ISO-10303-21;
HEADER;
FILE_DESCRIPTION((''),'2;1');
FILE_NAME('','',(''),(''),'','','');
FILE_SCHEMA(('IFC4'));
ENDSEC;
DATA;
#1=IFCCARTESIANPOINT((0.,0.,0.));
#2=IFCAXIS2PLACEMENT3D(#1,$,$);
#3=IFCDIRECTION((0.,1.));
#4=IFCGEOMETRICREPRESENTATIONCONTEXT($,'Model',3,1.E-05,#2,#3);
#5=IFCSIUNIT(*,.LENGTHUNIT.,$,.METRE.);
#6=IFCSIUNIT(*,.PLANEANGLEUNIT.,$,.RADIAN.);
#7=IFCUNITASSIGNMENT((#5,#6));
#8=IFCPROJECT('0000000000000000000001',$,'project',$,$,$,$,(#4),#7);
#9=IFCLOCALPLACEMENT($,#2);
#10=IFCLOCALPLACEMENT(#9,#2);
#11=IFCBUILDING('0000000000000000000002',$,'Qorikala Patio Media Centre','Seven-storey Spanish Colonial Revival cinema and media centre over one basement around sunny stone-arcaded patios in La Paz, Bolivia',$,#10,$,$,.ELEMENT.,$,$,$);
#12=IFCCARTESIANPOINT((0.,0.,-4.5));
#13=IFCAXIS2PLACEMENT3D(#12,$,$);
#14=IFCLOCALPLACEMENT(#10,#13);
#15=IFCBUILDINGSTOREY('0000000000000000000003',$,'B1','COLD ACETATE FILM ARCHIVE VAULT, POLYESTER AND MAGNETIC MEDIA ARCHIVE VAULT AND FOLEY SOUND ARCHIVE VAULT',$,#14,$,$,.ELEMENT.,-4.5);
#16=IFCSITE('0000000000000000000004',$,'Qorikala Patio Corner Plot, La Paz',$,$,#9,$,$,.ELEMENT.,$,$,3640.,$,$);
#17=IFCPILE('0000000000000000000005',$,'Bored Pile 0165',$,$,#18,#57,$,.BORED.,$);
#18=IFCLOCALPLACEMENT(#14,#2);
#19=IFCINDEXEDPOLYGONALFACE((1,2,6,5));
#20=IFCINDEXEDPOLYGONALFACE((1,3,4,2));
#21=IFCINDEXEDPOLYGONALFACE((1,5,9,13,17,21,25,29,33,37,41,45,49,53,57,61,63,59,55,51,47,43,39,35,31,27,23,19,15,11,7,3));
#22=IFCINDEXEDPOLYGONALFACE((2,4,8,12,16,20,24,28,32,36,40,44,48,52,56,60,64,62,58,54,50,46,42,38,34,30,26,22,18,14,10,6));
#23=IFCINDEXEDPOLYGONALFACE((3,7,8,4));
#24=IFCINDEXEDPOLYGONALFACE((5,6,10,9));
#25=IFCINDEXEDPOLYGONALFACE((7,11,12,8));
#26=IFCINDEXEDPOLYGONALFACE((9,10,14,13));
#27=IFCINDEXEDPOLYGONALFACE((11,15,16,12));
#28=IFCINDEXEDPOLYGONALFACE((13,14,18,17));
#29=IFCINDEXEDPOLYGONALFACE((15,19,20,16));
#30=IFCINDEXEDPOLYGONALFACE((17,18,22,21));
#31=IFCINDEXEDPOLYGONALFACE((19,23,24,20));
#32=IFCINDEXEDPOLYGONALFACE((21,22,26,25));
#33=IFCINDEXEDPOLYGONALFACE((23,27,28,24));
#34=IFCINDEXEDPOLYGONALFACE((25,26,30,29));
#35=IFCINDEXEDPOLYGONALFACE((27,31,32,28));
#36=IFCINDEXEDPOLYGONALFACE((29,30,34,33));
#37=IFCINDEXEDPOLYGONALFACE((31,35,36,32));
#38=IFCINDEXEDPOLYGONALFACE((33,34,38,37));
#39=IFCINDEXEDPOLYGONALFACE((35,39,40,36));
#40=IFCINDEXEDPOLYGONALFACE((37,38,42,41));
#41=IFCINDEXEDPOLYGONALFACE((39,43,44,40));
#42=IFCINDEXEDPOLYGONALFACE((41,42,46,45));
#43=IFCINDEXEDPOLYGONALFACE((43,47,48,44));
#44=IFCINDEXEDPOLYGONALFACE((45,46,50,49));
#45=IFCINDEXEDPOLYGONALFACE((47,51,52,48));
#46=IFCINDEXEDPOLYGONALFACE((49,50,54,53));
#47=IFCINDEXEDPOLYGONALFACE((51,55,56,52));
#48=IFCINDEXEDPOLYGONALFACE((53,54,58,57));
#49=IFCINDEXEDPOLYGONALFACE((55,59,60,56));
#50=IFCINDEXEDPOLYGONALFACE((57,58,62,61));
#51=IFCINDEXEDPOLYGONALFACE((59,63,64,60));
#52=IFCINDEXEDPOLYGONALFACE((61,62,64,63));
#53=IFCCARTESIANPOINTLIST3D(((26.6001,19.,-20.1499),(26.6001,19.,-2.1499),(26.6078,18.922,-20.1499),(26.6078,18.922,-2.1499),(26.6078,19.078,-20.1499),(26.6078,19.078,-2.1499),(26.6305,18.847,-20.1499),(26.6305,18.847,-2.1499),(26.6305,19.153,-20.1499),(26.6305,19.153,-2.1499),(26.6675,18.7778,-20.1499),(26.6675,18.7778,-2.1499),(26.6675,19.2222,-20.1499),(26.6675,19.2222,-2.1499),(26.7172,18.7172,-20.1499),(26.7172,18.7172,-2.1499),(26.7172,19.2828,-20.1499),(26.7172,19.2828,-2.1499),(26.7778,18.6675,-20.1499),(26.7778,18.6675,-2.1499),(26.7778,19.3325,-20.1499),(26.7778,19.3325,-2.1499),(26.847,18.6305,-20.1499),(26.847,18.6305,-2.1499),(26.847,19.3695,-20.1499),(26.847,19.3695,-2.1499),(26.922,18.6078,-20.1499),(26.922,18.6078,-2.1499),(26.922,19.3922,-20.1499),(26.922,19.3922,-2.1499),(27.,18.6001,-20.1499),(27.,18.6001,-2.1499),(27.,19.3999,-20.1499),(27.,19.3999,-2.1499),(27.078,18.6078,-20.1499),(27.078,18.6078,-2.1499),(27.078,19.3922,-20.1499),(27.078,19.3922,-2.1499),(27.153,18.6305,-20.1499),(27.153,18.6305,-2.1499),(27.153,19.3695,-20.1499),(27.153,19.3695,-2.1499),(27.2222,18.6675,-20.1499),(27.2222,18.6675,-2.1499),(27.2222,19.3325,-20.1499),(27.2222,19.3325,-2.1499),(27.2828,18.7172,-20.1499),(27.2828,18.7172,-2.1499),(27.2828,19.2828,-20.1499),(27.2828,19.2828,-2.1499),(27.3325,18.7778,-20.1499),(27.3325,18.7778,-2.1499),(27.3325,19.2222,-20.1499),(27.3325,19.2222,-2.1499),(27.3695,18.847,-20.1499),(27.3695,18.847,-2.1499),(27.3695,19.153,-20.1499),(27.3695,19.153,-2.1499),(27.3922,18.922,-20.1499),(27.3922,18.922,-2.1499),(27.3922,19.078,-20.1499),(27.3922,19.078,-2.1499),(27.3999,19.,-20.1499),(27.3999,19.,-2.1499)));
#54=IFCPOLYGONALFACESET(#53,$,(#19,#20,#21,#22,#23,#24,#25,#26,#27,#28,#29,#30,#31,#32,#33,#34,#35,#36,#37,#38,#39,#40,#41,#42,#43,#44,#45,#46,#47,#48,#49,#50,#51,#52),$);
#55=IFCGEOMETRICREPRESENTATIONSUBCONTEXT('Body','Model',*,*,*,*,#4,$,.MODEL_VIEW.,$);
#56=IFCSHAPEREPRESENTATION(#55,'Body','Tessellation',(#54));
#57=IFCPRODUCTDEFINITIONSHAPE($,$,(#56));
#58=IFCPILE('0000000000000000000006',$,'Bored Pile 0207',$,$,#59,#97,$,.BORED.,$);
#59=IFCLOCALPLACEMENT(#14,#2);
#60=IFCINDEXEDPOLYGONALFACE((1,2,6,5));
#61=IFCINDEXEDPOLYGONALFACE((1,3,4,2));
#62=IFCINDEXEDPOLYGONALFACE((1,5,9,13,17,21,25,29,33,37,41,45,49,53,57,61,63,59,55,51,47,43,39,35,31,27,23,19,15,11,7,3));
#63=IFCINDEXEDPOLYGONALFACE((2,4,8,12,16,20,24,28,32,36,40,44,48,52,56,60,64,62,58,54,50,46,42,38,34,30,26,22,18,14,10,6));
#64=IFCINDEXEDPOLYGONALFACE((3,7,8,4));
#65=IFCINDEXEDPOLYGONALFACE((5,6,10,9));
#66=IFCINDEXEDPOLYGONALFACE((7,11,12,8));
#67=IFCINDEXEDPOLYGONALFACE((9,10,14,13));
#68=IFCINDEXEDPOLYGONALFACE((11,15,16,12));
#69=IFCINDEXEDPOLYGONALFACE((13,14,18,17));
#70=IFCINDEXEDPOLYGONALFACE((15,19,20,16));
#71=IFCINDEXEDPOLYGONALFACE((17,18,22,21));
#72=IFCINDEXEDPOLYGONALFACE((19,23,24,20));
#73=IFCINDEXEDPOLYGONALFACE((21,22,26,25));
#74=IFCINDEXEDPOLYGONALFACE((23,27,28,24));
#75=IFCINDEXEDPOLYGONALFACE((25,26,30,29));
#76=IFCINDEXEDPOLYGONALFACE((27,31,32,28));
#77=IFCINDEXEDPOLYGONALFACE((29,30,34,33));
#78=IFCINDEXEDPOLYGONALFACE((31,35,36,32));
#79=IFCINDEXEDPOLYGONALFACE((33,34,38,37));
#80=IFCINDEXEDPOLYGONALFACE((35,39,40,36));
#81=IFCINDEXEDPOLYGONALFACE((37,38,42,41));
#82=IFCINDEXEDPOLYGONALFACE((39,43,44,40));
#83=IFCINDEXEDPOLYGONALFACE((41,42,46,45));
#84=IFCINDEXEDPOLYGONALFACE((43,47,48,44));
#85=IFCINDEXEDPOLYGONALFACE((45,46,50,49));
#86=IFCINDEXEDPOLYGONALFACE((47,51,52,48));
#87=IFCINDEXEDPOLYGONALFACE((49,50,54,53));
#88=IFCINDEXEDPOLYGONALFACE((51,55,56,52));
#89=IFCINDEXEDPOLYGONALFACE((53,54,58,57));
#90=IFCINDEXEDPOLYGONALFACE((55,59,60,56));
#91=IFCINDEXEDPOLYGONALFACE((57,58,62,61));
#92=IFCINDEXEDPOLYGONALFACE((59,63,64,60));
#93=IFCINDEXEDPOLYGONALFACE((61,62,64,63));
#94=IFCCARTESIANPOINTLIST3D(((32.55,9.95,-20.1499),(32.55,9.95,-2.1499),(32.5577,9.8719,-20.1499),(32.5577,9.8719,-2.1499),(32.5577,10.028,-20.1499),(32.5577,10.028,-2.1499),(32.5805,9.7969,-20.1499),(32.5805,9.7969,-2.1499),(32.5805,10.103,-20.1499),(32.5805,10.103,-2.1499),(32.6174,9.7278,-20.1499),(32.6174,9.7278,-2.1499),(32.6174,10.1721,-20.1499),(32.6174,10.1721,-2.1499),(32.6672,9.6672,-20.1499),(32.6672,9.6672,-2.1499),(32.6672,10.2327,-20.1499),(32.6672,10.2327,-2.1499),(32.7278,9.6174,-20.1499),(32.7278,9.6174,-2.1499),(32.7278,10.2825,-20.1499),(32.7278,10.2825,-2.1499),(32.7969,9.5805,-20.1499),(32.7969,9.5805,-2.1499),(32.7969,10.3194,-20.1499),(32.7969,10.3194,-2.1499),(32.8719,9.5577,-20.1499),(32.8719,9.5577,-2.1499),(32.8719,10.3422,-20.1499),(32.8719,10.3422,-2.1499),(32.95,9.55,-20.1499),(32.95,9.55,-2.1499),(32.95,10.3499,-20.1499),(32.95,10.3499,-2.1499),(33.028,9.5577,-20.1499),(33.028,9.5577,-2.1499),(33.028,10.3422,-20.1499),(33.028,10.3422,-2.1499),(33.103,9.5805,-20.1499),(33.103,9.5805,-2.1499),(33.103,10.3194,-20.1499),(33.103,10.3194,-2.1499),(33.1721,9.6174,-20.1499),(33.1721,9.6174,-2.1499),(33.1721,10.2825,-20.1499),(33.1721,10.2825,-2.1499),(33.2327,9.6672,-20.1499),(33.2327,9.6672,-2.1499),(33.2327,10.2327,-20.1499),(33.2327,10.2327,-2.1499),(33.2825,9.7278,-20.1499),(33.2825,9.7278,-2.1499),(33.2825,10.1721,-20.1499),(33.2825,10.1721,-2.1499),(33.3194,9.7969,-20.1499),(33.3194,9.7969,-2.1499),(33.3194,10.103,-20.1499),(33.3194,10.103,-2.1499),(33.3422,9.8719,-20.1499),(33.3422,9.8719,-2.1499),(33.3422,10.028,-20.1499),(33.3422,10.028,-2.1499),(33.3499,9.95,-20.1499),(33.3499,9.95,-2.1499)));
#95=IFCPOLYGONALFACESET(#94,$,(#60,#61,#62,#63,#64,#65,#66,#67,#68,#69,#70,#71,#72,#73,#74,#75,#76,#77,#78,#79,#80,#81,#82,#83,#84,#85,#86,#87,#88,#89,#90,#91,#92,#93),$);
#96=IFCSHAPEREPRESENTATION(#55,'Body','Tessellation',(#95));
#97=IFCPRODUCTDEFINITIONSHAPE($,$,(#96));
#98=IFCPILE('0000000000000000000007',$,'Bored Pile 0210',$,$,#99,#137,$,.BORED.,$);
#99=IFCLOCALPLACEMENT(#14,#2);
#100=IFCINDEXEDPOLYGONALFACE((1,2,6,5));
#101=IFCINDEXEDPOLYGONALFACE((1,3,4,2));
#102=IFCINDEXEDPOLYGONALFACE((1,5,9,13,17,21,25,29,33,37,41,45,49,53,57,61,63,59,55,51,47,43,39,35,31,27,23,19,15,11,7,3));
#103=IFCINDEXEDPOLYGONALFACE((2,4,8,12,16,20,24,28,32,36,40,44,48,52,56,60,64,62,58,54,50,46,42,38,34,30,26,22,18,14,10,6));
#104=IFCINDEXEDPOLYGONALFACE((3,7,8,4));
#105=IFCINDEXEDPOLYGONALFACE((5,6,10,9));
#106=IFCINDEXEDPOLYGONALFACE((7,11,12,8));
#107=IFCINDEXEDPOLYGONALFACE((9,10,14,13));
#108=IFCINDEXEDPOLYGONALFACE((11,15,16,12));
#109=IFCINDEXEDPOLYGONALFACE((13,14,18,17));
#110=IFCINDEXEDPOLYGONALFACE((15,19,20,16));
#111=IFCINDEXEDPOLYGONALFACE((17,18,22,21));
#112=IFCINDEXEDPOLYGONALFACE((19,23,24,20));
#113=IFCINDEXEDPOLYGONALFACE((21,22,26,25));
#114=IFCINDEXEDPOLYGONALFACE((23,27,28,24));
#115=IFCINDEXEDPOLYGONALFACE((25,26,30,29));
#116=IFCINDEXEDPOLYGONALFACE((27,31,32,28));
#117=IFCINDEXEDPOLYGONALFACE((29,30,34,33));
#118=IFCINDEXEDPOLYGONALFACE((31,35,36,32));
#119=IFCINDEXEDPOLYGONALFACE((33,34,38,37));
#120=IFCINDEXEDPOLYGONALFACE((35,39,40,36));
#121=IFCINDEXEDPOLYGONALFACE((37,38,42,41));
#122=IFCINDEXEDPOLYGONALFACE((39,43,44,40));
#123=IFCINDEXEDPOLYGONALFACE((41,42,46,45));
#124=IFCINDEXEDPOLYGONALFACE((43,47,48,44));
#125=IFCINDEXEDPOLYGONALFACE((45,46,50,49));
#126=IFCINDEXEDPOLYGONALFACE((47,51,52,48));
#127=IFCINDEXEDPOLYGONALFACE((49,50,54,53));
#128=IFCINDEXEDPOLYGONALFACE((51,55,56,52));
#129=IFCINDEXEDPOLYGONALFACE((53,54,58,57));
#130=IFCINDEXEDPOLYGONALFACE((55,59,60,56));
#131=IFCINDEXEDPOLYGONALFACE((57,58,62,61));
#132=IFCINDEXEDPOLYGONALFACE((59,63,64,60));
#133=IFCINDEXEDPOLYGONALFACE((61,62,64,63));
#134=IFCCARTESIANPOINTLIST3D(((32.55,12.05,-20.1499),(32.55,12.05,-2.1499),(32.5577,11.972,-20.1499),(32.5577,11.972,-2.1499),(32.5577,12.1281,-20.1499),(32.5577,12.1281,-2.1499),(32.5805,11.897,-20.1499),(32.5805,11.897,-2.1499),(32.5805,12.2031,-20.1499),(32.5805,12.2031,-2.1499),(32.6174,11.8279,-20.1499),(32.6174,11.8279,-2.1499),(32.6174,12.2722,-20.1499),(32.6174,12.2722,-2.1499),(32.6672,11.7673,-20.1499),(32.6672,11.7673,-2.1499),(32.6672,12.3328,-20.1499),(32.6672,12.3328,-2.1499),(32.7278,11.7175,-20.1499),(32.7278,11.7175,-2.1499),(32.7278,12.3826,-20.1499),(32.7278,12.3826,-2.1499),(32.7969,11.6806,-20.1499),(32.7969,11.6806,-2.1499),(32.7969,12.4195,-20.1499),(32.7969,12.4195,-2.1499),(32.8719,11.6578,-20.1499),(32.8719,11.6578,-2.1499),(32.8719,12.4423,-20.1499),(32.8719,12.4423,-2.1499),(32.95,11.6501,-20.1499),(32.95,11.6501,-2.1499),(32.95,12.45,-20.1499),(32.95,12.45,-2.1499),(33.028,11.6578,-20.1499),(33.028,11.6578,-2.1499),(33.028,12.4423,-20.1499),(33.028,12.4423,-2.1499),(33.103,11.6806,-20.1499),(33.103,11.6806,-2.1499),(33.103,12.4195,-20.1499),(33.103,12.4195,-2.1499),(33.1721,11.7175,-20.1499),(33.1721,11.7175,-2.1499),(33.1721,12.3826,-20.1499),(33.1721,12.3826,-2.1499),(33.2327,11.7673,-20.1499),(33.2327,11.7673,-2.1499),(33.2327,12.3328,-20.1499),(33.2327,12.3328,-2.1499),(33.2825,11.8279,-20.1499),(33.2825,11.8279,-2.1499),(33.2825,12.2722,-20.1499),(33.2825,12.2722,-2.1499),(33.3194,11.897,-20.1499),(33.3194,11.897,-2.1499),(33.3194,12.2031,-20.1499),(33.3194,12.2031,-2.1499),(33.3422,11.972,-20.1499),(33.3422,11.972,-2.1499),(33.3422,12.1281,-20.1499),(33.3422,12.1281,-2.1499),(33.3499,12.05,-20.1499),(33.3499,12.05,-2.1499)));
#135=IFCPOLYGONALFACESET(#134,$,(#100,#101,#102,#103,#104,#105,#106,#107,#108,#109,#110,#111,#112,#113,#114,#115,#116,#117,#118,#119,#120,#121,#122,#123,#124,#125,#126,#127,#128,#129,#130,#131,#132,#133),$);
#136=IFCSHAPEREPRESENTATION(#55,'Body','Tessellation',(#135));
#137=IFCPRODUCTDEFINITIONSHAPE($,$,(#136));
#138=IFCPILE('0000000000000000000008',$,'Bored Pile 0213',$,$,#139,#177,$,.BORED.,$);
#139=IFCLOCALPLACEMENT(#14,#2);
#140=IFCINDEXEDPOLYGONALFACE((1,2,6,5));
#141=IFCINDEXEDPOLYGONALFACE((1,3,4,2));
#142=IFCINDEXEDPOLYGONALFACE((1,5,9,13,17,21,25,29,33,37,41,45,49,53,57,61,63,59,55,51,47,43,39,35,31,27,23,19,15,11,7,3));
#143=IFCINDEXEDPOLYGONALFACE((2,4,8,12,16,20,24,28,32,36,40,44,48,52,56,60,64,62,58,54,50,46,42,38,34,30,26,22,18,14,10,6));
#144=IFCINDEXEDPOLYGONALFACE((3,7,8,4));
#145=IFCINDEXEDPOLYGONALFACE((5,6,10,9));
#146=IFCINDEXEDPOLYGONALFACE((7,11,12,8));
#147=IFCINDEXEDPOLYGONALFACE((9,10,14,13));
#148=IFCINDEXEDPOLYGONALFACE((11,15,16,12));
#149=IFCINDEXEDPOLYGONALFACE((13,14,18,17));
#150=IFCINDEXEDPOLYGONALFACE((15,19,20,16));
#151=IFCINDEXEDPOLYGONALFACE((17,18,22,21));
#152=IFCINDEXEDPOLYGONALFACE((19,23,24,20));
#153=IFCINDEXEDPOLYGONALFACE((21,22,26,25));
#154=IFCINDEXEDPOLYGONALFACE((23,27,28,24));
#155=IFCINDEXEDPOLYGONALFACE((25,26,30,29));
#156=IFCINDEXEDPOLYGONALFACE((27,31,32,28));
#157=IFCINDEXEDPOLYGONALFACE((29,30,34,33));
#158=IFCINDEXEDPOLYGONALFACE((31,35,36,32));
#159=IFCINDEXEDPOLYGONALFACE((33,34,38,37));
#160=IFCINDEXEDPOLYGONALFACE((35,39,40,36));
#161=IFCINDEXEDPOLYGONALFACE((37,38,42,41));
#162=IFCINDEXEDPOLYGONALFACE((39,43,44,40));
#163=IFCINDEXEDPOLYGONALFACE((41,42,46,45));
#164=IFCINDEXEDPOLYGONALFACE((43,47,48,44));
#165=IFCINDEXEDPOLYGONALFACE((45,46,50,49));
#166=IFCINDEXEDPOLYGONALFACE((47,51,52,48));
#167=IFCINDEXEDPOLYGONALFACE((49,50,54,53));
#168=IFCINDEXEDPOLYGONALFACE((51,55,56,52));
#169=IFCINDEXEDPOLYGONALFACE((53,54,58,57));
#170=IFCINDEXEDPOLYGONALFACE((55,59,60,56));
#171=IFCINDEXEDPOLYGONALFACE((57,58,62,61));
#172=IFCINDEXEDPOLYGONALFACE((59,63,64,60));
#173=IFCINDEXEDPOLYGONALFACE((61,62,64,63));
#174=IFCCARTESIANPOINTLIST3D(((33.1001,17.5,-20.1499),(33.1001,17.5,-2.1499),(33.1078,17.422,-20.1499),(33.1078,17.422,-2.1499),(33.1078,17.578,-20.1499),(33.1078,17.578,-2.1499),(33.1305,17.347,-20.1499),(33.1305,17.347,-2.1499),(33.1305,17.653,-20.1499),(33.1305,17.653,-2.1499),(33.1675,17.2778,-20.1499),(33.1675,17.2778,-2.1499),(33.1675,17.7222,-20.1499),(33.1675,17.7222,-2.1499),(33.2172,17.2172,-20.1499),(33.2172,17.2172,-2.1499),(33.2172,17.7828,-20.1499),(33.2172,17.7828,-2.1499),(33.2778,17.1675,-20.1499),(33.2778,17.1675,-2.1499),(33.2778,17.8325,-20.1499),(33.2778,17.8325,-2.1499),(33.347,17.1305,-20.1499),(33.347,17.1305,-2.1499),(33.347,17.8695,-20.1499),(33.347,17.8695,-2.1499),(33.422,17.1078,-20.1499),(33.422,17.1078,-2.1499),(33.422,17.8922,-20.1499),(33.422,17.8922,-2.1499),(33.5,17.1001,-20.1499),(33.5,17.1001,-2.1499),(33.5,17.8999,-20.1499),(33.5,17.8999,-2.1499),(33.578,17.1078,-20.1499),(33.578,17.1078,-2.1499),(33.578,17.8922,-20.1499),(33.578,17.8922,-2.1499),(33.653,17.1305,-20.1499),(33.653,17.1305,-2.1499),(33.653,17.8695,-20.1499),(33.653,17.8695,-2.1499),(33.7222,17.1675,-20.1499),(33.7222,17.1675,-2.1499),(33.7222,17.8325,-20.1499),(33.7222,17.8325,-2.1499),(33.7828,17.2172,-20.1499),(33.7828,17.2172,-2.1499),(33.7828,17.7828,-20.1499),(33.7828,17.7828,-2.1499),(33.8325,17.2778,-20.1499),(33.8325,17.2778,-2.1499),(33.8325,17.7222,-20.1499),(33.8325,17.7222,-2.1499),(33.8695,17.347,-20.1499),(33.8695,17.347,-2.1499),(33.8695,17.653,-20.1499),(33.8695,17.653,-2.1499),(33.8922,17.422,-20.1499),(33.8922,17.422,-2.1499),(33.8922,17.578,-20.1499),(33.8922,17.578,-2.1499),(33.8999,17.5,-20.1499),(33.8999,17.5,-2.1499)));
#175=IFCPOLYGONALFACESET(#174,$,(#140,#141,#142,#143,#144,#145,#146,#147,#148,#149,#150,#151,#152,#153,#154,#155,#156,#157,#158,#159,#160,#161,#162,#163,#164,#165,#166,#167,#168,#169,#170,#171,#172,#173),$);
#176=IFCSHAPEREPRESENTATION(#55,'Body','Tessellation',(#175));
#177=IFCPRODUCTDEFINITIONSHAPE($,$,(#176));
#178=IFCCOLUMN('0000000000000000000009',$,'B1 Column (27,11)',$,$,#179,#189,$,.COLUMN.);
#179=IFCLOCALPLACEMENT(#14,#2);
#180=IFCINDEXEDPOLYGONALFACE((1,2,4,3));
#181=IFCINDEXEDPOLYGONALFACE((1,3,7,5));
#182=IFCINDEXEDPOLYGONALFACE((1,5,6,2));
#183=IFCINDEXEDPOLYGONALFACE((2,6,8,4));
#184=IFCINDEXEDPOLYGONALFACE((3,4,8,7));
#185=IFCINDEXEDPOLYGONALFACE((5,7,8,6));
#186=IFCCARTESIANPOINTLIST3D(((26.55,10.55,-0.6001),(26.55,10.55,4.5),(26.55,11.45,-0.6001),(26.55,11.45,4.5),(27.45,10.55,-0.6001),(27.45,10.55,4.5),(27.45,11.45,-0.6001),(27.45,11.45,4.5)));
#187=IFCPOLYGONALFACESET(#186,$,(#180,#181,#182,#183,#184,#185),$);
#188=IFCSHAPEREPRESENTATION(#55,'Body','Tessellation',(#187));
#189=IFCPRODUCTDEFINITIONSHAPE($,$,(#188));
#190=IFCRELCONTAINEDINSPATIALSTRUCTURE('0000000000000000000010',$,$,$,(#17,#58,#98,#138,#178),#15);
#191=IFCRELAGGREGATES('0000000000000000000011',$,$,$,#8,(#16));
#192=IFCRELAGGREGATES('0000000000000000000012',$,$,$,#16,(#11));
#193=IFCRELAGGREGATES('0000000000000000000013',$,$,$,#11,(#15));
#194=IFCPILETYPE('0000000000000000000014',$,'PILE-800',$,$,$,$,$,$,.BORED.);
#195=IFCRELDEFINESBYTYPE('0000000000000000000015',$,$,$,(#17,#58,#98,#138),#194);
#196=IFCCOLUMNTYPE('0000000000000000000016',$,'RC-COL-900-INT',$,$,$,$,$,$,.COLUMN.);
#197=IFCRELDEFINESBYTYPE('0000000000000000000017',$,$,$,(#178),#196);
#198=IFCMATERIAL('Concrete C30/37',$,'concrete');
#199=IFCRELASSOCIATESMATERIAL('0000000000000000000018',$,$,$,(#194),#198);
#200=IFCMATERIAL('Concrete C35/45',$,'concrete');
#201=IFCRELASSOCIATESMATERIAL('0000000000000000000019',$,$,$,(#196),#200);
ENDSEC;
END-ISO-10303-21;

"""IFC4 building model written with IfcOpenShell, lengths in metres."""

from ifc_helpers import new_model, si_unit, direction, frame, origin, origin_2d, place, context, subcontext, project, spatial, rectangle, circle, extrude, material, material_profile, profile_set, type_object, element, save


model = new_model("IFC4")

# Units and contexts
model_context = context("Model", 3, precision=1e-05, world=origin(), true_north=direction((0.0, 1.0)))
body_context = subcontext(model_context, "Body", "Model", "MODEL_VIEW")
ifc_project = project(units=[si_unit("LENGTHUNIT", "METRE"), si_unit("PLANEANGLEUNIT", "RADIAN")], contexts=[model_context])

# Site, building, storey
site_placement = place(None, origin())
site = spatial("IfcSite", under=ifc_project, at=site_placement, Name="Qorikala Patio Corner Plot, La Paz", CompositionType="ELEMENT", RefElevation=3640.0)
building_placement = place(site_placement, origin())
building = spatial("IfcBuilding", under=site, at=building_placement, Name="Qorikala Patio Media Centre", Description="Seven-storey Spanish Colonial Revival cinema and media centre over one basement around sunny stone-arcaded patios in La Paz, Bolivia", CompositionType="ELEMENT")
storey_placement = place(building_placement, frame((0.0, 0.0, -4.5)))
storey = spatial("IfcBuildingStorey", under=building, at=storey_placement, Name="B1", Description="COLD ACETATE FILM ARCHIVE VAULT, POLYESTER AND MAGNETIC MEDIA ARCHIVE VAULT AND FOLEY SOUND ARCHIVE VAULT", CompositionType="ELEMENT", Elevation=-4.5)

# Shared definitions
ifc_material_1 = material(Name="Concrete C30/37", Category="concrete")

# Piles
ifc_material_profile_1 = material_profile(ifc_material_1, circle(Radius=0.3999, at=origin_2d()), Name="BORED PILE 800")
ifc_profile_set_1 = profile_set([ifc_material_profile_1], Name="Concrete C30/37")
pile_type = type_object("IfcPileType", Name="PILE-800", PredefinedType="BORED", material=ifc_profile_set_1)
for number, where, z_axis, x_axis, name in (
    (1, (27.0, 19.0, -2.1499), (0.0, 0.0, -1.0), (1.0, 0.0, 0.0), "Bored Pile 0165"),
    (2, (32.95, 9.95, -2.1499), (0.0, 0.0, -1.0), (1.0, 0.0, 0.0), "Bored Pile 0207"),
    (3, (32.95, 12.05, -2.1499), (0.0, 0.0, -1.0), (1.0, 0.0, 0.0), "Bored Pile 0210"),
    (4, (33.5, 17.5, -2.1499), (0.0, 0.0, -1.0), (1.0, 0.0, 0.0), "Bored Pile 0213"),
):
    element("IfcPile", number, at=place(storey_placement, frame(where, z_axis=z_axis, x_axis=x_axis)), inside=storey, type_object=pile_type, Name=name, PredefinedType="BORED", context=body_context, shape_type="SweptSolid", body=[
        extrude(circle(Radius=0.3999, at=origin_2d()), origin(), (0.0, 0.0, 1.0), 18.0),
    ])

# Column
ifc_material_2 = material(Name="Concrete C35/45", Category="concrete")
ifc_material_profile_2 = material_profile(ifc_material_2, rectangle(XDim=0.8999, YDim=0.8999, at=origin_2d()), Name="RC 900x900")
ifc_profile_set_2 = profile_set([ifc_material_profile_2], Name="Concrete C35/45")
column_type = type_object("IfcColumnType", Name="RC-COL-900-INT", PredefinedType="COLUMN", material=ifc_profile_set_2)
column_placement = place(storey_placement, frame((27.0, 11.0, -0.6001), z_axis=(0.0, 0.0, 1.0), x_axis=(1.0, 0.0, 0.0)))
element("IfcColumn", 5, at=column_placement, inside=storey, type_object=column_type, Name="B1 Column (27,11)", PredefinedType="COLUMN", context=body_context, shape_type="SweptSolid", body=[
    extrude(rectangle(XDim=0.8999, YDim=0.8999, at=origin_2d()), origin(), (0.0, 0.0, 1.0), 5.1001),
])

save(model, "model.ifc")
